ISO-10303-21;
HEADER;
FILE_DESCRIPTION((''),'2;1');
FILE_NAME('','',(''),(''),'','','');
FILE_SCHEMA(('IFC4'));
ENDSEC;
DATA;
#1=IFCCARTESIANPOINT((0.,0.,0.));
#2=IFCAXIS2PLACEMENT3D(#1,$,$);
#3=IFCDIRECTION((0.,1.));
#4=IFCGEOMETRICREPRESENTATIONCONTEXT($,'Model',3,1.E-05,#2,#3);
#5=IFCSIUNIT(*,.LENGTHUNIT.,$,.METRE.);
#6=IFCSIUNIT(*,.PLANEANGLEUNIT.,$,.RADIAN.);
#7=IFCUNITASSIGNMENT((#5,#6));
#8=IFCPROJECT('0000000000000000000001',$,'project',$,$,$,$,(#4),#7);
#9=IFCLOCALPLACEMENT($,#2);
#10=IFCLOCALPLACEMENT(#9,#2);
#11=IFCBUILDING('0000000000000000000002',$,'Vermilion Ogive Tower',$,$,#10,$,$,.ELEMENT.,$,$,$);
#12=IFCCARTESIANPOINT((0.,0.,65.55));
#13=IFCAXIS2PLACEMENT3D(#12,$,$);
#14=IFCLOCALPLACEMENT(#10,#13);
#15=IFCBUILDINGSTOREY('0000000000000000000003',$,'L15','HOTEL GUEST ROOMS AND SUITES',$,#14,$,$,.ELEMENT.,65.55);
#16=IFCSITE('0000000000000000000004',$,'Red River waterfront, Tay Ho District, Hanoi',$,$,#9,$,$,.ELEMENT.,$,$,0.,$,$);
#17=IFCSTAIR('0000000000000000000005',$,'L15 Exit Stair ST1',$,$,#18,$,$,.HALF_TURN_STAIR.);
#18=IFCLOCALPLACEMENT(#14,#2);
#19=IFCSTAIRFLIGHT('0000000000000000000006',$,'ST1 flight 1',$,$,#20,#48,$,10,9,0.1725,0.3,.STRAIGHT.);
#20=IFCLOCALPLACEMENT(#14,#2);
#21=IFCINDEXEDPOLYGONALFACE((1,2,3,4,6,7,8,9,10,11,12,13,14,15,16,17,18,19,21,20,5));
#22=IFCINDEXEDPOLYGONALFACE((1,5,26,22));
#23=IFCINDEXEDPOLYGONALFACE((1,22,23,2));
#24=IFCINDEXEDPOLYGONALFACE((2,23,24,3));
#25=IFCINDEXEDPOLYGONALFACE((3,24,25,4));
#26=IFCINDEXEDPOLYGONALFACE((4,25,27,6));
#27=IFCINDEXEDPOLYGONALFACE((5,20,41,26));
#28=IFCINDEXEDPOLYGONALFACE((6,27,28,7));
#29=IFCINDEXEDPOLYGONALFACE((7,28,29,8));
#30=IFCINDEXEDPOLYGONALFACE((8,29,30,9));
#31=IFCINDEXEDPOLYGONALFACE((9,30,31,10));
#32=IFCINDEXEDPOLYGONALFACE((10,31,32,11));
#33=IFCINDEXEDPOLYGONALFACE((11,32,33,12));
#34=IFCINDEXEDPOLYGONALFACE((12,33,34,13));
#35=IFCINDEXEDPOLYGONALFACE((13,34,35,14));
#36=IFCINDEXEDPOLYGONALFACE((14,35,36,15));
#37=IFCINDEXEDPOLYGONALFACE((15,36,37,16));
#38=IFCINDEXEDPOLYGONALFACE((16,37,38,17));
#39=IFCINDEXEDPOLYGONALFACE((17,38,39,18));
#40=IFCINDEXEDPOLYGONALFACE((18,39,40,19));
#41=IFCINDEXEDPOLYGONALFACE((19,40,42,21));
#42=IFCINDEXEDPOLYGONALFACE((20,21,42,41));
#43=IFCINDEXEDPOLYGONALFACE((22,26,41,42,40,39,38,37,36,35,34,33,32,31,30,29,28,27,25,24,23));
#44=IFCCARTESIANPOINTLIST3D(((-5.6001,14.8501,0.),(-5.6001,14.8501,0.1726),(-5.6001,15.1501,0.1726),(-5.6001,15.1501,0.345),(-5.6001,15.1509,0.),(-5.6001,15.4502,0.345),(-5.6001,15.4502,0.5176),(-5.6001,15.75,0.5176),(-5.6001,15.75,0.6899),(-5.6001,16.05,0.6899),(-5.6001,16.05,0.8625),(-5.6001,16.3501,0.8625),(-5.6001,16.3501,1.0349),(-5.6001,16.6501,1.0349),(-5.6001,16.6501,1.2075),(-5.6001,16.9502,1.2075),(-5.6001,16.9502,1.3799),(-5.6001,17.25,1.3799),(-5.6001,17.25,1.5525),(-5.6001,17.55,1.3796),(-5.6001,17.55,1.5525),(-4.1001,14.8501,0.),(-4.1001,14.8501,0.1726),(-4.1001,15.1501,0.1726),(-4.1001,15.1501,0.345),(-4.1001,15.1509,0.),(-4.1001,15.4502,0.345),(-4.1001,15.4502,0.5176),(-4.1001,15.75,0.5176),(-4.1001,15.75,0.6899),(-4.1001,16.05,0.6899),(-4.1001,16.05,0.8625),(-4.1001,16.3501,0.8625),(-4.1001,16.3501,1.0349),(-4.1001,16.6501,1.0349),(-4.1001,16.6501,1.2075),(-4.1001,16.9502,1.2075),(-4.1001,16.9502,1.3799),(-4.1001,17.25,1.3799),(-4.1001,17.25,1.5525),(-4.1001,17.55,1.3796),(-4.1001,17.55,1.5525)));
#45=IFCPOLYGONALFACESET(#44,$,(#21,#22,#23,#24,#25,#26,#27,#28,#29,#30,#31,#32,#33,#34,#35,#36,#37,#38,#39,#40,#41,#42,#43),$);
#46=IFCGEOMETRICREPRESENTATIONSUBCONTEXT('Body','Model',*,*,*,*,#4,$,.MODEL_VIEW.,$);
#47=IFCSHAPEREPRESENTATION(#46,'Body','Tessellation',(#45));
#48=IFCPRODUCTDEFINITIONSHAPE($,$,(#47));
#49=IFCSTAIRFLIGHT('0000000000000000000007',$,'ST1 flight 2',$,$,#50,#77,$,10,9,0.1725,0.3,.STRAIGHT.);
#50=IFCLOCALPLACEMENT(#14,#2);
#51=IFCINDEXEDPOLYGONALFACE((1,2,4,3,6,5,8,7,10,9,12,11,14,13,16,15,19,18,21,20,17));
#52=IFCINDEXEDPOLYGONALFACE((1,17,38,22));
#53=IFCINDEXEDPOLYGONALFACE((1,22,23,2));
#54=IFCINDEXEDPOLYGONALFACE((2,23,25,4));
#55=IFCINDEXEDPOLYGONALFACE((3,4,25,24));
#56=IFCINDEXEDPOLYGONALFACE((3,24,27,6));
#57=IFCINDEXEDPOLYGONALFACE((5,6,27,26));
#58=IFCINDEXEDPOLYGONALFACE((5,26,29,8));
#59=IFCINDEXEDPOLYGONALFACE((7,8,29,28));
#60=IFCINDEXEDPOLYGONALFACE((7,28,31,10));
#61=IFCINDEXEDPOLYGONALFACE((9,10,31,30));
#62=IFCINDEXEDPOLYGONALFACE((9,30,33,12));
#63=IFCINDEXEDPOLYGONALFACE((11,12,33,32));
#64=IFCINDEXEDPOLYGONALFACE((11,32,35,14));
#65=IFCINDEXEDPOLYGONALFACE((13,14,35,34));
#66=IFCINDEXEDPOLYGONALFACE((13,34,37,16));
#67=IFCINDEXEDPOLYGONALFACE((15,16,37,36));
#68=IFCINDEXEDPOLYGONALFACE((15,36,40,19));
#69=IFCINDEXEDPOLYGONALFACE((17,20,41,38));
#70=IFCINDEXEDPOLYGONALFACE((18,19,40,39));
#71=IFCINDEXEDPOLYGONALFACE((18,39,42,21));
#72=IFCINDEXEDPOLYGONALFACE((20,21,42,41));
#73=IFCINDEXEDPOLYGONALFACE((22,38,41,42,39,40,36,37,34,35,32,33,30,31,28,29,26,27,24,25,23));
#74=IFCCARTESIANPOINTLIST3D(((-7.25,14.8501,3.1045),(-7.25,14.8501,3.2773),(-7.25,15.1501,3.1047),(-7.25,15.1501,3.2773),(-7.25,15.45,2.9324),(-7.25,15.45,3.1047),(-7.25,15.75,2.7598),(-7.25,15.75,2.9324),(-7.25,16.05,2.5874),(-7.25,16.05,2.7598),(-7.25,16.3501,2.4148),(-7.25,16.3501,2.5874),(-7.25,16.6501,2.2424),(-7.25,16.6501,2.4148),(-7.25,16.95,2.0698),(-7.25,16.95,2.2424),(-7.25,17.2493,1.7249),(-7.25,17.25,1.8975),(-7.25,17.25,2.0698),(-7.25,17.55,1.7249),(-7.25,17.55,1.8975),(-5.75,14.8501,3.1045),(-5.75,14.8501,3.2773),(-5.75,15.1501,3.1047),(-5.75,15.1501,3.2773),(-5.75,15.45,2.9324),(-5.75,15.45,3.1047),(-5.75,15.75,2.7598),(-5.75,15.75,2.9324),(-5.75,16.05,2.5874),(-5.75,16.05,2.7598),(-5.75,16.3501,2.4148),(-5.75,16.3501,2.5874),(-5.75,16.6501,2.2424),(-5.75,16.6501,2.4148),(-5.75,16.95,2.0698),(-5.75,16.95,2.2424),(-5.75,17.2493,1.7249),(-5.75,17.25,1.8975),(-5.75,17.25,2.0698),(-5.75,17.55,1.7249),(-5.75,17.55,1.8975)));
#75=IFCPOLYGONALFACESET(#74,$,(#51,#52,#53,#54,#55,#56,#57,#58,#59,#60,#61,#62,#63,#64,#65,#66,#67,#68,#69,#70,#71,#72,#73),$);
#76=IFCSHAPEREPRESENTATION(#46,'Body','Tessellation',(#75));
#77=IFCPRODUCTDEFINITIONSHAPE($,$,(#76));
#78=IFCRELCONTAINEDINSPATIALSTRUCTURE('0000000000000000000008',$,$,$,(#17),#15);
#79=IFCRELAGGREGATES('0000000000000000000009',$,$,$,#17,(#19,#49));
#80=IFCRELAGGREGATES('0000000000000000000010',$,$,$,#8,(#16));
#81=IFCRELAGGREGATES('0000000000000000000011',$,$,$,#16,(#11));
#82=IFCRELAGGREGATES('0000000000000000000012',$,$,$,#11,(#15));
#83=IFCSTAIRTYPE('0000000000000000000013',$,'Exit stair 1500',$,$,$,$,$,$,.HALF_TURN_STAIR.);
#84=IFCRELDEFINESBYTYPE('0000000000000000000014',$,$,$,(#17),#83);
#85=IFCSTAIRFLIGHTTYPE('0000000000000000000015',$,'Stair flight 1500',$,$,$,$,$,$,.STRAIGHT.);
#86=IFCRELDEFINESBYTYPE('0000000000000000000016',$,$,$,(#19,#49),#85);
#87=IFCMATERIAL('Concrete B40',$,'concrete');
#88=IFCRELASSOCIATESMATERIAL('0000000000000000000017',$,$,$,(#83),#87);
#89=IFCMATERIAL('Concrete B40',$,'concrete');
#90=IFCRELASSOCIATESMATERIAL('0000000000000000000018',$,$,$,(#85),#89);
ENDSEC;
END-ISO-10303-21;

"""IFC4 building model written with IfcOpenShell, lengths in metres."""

from ifc_helpers import new_model, si_unit, direction, frame, origin, place, context, subcontext, project, spatial, polyline, outline, extrude, material, type_object, element, aggregate, save


model = new_model("IFC4")

# Units and contexts
model_context = context("Model", 3, precision=1e-05, world=origin(), true_north=direction((0.0, 1.0)))
body_context = subcontext(model_context, "Body", "Model", "MODEL_VIEW")
ifc_project = project(units=[si_unit("LENGTHUNIT", "METRE"), si_unit("PLANEANGLEUNIT", "RADIAN")], contexts=[model_context])

# Site, building, storey
site_placement = place(None, origin())
site = spatial("IfcSite", under=ifc_project, at=site_placement, Name="Red River waterfront, Tay Ho District, Hanoi", CompositionType="ELEMENT", RefElevation=0.0)
building_placement = place(site_placement, origin())
building = spatial("IfcBuilding", under=site, at=building_placement, Name="Vermilion Ogive Tower", CompositionType="ELEMENT")
storey_placement = place(building_placement, frame((0.0, 0.0, 65.55)))
storey = spatial("IfcBuildingStorey", under=building, at=storey_placement, Name="L15", Description="HOTEL GUEST ROOMS AND SUITES", CompositionType="ELEMENT", Elevation=65.55)

# Stair, stair flights
ifc_material_1 = material(Name="Concrete B40", Category="concrete")
stair_type = type_object("IfcStairType", Name="Exit stair 1500", PredefinedType="HALF_TURN_STAIR", material=ifc_material_1)
stair_placement = place(storey_placement, origin())
stair = element("IfcStair", 1, at=stair_placement, inside=storey, type_object=stair_type, Name="L15 Exit Stair ST1", PredefinedType="HALF_TURN_STAIR")
ifc_material_2 = material(Name="Concrete B40", Category="concrete")
stair_flight_type = type_object("IfcStairFlightType", Name="Stair flight 1500", PredefinedType="STRAIGHT", material=ifc_material_2)
stair_flight_1_placement = place(storey_placement, frame((-4.8501, 14.8501, 0.0), z_axis=(0.0, 0.0, 1.0), x_axis=(0.0, 1.0, 0.0)))
stair_flight_1 = element("IfcStairFlight", 2, at=stair_flight_1_placement, type_object=stair_flight_type, Name="ST1 flight 1", NumberOfRisers=10, NumberOfTreads=9, PredefinedType="STRAIGHT", RiserHeight=0.1725, TreadLength=0.3, context=body_context, shape_type="SweptSolid", body=[
    extrude(outline(polyline([(0.0, 0.0), (0.0, 0.1726), (0.3, 0.1726), (0.3, 0.345), (0.6001, 0.345), (0.6001, 0.5176), (0.8999, 0.5176), (0.8999, 0.6899), (1.2, 0.6899), (1.2, 0.8625), (1.5, 0.8625), (1.5, 1.0349), (1.8, 1.0349), (1.8, 1.2075), (2.1001, 1.2075), (2.1001, 1.3799), (2.3999, 1.3799), (2.3999, 1.5525), (2.7, 1.5525), (2.7, 1.7251), (2.7, 1.3796), (0.3008, 0.0), (0.0, 0.0)])), frame((0.0, 0.75, 0.0), z_axis=(0.0, -1.0, 0.0), x_axis=(1.0, 0.0, 0.0)), (0.0, 0.0, 1.0), 1.5),
])
stair_flight_2_placement = place(storey_placement, frame((-6.5, 17.55, 1.7249), z_axis=(0.0, 0.0, 1.0), x_axis=(0.0, -1.0, 0.0)))
stair_flight_2 = element("IfcStairFlight", 3, at=stair_flight_2_placement, type_object=stair_flight_type, Name="ST1 flight 2", NumberOfRisers=10, NumberOfTreads=9, PredefinedType="STRAIGHT", RiserHeight=0.1725, TreadLength=0.3, context=body_context, shape_type="SweptSolid", body=[
    extrude(outline(polyline([(0.0, 0.0), (0.0, 0.1726), (0.3, 0.1726), (0.3, 0.345), (0.6001, 0.345), (0.6001, 0.5176), (0.8999, 0.5176), (0.8999, 0.6899), (1.2, 0.6899), (1.2, 0.8625), (1.5, 0.8625), (1.5, 1.0349), (1.8, 1.0349), (1.8, 1.2075), (2.1001, 1.2075), (2.1001, 1.3799), (2.3999, 1.3799), (2.3999, 1.5525), (2.7, 1.5525), (2.7, 1.7251), (2.7, 1.3796), (0.3008, 0.0), (0.0, 0.0)])), frame((0.0, 0.75, 0.0), z_axis=(0.0, -1.0, 0.0), x_axis=(1.0, 0.0, 0.0)), (0.0, 0.0, 1.0), 1.5),
])
aggregate(stair, [stair_flight_1, stair_flight_2])

save(model, "model.ifc")
